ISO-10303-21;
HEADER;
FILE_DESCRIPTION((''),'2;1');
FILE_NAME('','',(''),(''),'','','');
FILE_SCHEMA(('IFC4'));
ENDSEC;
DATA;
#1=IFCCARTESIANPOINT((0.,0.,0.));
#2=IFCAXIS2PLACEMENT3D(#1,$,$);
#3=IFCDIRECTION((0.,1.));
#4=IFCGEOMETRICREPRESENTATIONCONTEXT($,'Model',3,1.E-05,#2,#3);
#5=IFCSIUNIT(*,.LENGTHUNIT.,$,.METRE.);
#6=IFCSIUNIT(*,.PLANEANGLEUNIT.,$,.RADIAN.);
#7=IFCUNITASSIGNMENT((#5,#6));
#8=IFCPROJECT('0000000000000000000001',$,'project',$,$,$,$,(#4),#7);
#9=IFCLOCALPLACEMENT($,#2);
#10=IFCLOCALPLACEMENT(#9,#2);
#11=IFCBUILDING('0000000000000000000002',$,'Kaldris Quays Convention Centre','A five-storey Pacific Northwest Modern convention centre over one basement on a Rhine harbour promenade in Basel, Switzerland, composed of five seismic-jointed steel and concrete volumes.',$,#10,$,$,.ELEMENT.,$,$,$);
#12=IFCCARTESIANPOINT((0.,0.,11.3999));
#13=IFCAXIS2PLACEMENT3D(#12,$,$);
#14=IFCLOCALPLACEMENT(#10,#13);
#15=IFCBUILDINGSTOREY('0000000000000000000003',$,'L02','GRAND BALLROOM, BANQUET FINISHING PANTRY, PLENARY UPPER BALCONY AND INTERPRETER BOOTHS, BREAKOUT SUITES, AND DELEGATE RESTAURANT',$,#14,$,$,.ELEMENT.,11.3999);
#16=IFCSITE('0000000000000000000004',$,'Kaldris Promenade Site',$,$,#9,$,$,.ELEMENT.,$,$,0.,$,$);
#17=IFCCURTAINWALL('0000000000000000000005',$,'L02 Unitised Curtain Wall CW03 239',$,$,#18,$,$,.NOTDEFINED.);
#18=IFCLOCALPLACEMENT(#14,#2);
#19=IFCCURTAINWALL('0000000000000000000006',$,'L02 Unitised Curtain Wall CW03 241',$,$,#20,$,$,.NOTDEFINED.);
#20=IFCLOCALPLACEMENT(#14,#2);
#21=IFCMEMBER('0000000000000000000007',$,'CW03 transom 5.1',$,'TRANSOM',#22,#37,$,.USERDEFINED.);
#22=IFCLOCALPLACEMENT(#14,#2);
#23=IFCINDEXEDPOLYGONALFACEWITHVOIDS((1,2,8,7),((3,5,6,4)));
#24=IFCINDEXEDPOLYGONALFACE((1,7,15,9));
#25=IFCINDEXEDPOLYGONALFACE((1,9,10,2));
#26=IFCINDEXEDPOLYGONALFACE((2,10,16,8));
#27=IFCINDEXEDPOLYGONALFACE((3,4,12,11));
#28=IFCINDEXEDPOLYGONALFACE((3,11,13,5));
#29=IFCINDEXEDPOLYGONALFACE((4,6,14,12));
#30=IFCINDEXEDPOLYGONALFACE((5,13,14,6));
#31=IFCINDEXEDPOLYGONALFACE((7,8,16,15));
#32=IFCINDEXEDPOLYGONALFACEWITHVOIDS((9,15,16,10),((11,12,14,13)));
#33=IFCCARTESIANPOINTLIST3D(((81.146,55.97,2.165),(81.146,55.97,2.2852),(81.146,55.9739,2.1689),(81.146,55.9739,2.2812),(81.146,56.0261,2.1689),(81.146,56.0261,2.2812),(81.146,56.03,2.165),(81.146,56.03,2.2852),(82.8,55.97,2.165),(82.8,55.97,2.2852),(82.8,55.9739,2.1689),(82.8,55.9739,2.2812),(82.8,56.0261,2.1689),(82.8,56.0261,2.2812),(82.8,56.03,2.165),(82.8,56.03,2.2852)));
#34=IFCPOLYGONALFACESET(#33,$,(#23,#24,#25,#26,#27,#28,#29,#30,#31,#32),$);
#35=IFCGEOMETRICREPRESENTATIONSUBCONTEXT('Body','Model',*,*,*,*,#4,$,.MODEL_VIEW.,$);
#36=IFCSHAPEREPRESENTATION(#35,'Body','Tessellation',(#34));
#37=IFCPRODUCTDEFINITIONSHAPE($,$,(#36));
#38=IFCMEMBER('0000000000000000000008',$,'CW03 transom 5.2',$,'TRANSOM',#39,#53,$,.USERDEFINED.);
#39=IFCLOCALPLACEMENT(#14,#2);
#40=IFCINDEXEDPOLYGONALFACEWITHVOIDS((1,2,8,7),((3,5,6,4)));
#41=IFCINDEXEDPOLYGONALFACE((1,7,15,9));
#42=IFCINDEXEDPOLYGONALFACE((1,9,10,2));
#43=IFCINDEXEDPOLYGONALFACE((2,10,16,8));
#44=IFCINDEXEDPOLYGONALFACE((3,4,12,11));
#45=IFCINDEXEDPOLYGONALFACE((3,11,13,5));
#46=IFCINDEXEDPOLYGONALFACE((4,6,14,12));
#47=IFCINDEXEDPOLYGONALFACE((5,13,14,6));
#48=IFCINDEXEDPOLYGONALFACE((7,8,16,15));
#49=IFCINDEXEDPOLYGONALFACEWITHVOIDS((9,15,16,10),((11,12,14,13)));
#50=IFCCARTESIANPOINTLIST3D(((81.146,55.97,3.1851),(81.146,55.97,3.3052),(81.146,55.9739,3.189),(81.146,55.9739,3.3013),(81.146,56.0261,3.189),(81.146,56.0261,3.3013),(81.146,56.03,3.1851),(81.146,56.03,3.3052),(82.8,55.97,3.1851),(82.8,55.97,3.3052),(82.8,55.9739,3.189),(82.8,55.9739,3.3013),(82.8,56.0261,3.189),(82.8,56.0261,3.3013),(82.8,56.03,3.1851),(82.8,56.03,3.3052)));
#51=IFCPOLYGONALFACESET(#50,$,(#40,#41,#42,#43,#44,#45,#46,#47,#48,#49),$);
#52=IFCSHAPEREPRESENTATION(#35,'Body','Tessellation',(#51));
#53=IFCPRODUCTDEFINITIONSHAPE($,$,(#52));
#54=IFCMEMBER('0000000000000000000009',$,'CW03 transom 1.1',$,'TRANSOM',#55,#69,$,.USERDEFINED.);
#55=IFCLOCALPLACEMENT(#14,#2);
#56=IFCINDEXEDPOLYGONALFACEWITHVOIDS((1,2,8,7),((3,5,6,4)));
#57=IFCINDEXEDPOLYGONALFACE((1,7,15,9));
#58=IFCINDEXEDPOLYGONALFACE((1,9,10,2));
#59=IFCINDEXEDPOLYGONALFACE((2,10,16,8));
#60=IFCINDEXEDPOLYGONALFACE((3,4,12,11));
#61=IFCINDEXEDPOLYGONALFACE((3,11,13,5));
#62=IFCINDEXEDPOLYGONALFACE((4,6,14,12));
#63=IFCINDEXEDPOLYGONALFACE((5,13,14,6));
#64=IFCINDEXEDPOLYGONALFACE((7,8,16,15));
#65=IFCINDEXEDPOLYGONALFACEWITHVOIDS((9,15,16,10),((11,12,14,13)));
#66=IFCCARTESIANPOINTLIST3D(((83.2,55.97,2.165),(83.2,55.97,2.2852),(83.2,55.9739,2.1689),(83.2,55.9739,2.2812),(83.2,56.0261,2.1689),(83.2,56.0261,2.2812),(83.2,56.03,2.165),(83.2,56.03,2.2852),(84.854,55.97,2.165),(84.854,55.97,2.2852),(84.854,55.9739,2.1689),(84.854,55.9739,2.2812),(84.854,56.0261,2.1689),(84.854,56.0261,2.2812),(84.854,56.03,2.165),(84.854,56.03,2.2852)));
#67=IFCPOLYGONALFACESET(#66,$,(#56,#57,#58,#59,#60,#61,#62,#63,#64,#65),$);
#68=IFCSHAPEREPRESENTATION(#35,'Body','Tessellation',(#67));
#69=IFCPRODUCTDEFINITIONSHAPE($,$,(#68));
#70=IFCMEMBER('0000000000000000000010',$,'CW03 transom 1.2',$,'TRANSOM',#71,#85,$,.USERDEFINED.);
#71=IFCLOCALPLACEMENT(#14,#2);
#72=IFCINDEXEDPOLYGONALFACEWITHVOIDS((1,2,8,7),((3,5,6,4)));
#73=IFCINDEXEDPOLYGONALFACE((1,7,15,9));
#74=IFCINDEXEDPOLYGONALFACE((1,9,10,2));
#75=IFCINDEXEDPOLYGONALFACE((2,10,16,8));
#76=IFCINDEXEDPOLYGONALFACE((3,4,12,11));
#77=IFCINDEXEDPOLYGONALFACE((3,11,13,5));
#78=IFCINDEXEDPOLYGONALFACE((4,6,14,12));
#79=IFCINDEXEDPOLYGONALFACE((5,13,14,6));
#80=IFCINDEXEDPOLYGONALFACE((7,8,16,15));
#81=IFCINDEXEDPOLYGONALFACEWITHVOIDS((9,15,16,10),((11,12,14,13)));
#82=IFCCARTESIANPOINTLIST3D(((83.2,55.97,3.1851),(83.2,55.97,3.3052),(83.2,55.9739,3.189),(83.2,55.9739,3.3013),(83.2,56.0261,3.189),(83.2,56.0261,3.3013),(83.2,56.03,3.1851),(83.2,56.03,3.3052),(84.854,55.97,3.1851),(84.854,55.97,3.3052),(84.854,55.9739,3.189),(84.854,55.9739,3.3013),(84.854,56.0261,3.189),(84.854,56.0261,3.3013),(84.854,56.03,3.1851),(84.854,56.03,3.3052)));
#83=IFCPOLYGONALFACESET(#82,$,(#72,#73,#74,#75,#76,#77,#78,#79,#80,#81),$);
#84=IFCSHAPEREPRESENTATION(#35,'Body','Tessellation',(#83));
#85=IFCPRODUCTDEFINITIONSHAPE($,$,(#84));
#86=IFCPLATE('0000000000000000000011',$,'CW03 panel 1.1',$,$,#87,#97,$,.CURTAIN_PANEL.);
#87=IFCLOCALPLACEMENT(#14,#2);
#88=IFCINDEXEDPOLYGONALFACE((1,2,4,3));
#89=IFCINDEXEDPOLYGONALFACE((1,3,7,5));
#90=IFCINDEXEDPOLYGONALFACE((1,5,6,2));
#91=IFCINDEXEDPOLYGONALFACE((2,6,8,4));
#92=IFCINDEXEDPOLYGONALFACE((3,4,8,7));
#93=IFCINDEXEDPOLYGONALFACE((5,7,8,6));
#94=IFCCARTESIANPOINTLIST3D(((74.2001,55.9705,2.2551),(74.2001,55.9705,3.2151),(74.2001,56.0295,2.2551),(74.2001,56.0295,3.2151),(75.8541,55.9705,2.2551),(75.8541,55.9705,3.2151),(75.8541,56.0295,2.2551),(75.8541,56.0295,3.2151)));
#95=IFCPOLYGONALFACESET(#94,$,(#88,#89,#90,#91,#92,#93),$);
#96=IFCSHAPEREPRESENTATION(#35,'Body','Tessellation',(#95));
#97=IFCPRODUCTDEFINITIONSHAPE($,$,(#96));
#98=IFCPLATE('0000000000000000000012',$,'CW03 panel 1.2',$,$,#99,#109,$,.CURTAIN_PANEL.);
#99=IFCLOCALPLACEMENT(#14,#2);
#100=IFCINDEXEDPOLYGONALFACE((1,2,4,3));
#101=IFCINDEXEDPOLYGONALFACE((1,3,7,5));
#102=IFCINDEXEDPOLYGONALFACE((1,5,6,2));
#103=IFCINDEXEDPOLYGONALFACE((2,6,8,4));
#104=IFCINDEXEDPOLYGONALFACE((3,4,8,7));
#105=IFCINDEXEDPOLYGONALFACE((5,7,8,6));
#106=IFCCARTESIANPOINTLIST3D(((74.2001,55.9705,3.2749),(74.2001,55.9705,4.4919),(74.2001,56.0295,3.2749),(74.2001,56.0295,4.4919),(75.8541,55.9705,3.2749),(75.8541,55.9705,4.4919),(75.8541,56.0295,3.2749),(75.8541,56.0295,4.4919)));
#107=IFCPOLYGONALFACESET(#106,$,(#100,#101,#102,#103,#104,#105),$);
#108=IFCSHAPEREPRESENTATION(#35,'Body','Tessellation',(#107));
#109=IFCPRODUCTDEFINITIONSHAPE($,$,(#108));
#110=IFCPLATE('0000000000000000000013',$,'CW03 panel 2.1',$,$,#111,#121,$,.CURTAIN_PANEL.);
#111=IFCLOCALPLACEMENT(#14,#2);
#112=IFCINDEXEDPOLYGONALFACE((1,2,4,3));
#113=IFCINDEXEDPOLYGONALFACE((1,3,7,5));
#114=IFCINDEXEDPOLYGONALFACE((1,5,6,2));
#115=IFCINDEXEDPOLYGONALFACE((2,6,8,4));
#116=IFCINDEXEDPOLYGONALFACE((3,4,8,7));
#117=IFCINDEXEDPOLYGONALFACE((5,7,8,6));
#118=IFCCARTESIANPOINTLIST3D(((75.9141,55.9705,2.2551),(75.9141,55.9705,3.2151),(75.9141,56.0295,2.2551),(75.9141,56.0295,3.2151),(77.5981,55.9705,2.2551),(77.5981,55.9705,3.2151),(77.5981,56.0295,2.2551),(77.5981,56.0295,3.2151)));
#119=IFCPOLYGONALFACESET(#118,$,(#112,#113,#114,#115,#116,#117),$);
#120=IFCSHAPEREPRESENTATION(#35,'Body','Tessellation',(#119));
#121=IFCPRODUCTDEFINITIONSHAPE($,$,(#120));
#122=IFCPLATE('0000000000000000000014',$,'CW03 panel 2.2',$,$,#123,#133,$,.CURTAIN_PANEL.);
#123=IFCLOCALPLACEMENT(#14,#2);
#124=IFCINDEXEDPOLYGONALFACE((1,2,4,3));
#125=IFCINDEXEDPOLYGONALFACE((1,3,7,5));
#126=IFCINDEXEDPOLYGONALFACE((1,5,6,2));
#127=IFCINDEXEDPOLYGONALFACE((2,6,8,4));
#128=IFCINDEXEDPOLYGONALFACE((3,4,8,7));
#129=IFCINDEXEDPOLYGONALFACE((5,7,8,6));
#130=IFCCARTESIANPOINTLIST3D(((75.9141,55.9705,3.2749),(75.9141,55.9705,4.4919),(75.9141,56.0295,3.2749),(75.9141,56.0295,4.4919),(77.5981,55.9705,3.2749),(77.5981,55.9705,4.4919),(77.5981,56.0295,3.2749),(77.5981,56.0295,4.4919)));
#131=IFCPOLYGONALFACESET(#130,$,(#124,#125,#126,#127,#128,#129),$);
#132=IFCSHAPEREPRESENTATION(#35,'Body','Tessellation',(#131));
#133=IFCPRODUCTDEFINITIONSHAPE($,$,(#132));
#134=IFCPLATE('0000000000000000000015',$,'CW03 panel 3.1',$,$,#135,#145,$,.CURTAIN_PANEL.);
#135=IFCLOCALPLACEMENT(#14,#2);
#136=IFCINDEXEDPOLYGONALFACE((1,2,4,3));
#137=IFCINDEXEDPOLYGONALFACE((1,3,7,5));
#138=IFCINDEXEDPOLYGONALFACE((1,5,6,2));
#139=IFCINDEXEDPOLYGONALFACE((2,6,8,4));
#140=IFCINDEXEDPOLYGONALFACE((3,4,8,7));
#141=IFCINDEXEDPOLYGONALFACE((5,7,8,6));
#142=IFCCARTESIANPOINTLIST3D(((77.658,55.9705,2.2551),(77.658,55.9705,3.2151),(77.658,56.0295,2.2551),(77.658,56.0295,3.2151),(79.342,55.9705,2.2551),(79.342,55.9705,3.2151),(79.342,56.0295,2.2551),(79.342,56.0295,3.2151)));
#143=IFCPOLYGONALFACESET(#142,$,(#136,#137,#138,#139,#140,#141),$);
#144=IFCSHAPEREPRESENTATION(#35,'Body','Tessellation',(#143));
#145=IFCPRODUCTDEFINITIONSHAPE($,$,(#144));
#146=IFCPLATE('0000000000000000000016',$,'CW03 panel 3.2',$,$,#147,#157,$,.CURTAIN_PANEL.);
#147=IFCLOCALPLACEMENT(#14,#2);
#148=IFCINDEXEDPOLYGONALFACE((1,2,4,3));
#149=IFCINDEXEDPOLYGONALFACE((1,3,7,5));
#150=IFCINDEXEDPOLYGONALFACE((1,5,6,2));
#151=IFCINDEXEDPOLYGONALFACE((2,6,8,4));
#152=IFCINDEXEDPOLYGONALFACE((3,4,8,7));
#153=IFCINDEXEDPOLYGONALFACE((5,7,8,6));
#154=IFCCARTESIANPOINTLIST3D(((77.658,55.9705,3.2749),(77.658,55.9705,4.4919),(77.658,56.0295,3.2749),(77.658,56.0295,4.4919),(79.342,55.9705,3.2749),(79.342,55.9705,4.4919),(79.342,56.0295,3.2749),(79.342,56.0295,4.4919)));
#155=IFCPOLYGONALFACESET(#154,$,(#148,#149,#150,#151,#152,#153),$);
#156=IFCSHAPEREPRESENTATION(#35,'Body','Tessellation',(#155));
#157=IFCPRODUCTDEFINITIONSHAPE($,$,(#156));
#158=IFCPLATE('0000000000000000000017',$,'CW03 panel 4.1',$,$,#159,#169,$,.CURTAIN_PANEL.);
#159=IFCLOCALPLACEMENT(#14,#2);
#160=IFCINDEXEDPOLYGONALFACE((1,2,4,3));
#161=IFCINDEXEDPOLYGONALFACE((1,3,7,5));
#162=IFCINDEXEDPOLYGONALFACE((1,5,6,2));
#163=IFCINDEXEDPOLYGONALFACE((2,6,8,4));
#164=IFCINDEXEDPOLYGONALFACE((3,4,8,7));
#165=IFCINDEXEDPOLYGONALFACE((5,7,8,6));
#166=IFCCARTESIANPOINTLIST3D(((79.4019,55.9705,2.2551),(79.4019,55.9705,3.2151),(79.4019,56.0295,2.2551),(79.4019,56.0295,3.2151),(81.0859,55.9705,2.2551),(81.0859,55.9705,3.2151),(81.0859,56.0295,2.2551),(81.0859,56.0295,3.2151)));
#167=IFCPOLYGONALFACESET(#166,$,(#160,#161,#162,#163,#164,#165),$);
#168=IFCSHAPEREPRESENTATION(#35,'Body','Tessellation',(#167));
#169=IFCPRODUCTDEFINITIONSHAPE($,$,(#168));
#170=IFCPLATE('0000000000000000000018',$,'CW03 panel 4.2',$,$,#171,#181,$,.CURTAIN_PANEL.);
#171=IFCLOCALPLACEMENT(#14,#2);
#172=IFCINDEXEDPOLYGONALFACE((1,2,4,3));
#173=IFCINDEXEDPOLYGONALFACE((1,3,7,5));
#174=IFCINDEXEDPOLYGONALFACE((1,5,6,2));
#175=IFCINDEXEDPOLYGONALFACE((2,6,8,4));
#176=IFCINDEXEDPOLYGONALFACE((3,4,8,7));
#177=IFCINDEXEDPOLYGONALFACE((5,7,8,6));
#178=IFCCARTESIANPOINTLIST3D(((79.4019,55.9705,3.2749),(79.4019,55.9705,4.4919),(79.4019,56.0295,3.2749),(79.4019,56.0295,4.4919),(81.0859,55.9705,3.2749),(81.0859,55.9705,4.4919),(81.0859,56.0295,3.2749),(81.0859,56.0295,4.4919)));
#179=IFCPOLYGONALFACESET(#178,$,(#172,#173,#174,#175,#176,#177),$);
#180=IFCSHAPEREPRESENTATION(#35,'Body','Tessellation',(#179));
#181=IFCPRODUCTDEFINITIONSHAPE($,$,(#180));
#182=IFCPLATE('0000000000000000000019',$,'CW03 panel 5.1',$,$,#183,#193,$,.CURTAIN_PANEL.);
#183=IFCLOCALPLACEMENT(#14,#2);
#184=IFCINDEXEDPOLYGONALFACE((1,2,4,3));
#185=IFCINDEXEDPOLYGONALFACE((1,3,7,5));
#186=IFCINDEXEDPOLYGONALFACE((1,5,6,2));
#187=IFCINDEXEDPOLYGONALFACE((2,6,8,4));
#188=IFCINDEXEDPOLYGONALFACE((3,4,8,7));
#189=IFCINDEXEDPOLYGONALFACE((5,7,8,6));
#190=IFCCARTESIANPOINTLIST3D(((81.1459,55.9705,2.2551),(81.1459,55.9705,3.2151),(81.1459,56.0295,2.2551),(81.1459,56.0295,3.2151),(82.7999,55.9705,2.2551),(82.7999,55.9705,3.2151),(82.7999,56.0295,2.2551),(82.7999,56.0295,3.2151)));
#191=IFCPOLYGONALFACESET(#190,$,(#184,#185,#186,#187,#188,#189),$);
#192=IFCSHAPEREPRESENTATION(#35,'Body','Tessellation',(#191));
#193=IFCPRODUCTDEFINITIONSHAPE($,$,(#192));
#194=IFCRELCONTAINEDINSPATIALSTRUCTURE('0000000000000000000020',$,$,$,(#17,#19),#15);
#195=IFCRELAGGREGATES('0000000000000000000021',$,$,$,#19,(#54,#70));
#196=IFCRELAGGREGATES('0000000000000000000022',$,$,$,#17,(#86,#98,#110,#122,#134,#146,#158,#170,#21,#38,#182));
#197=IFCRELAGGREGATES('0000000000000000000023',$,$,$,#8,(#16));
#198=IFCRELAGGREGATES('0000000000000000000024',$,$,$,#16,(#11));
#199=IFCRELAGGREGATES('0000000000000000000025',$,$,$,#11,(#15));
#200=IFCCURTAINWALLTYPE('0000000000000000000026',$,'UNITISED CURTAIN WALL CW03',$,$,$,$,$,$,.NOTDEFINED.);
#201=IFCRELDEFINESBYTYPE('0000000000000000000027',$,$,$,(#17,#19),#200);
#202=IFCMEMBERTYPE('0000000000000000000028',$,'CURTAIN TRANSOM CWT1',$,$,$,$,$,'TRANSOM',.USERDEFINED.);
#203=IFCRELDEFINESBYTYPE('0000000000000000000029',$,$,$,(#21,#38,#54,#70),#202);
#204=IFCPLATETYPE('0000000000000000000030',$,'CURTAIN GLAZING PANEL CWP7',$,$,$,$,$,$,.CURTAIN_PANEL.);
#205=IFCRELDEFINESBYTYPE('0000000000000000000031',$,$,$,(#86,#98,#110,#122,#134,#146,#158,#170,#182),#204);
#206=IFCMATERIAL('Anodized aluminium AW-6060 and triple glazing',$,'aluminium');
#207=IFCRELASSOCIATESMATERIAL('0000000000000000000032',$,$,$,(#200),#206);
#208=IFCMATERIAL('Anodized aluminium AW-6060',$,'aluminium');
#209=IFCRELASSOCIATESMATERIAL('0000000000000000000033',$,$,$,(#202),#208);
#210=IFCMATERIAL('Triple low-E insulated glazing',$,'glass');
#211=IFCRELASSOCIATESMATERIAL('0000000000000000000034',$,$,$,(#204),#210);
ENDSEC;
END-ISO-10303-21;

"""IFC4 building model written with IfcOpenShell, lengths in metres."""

from ifc_helpers import new_model, si_unit, direction, frame, origin, origin_2d, place, context, subcontext, project, spatial, rectangle, hollow_rectangle, extrude, material, material_profile, profile_set, type_object, element, aggregate, save


model = new_model("IFC4")

# Units and contexts
model_context = context("Model", 3, precision=1e-05, world=origin(), true_north=direction((0.0, 1.0)))
body_context = subcontext(model_context, "Body", "Model", "MODEL_VIEW")
ifc_project = project(units=[si_unit("LENGTHUNIT", "METRE"), si_unit("PLANEANGLEUNIT", "RADIAN")], contexts=[model_context])

# Site, building, storey
site_placement = place(None, origin())
site = spatial("IfcSite", under=ifc_project, at=site_placement, Name="Kaldris Promenade Site", CompositionType="ELEMENT", RefElevation=0.0)
building_placement = place(site_placement, origin())
building = spatial("IfcBuilding", under=site, at=building_placement, Name="Kaldris Quays Convention Centre", Description="A five-storey Pacific Northwest Modern convention centre over one basement on a Rhine harbour promenade in Basel, Switzerland, composed of five seismic-jointed steel and concrete volumes.", CompositionType="ELEMENT")
storey_placement = place(building_placement, frame((0.0, 0.0, 11.3999)))
storey = spatial("IfcBuildingStorey", under=building, at=storey_placement, Name="L02", Description="GRAND BALLROOM, BANQUET FINISHING PANTRY, PLENARY UPPER BALCONY AND INTERPRETER BOOTHS, BREAKOUT SUITES, AND DELEGATE RESTAURANT", CompositionType="ELEMENT", Elevation=11.3999)

# Curtain wall
ifc_material_1 = material(Name="Anodized aluminium AW-6060 and triple glazing", Category="aluminium")
curtain_wall_type = type_object("IfcCurtainWallType", Name="UNITISED CURTAIN WALL CW03", PredefinedType="NOTDEFINED", material=ifc_material_1)
curtain_wall_1_placement = place(storey_placement, origin())
curtain_wall_1 = element("IfcCurtainWall", 1, at=curtain_wall_1_placement, inside=storey, type_object=curtain_wall_type, Name="L02 Unitised Curtain Wall CW03 239", PredefinedType="NOTDEFINED")
ifc_material_2 = material(Name="Anodized aluminium AW-6060", Category="aluminium")

# Curtain wall
curtain_wall_2_placement = place(storey_placement, origin())
curtain_wall_2 = element("IfcCurtainWall", 2, at=curtain_wall_2_placement, inside=storey, type_object=curtain_wall_type, Name="L02 Unitised Curtain Wall CW03 241", PredefinedType="NOTDEFINED")

# Members
ifc_material_profile_1 = material_profile(ifc_material_2, hollow_rectangle(XDim=0.0601, YDim=0.1201, WallThickness=0.0039, at=origin_2d()), Name="RHS 120x60x4")
ifc_profile_set_1 = profile_set([ifc_material_profile_1], Name="Anodized aluminium AW-6060")
member_type_1 = type_object("IfcMemberType", Name="CURTAIN TRANSOM CWT1", ElementType="TRANSOM", PredefinedType="USERDEFINED", material=ifc_profile_set_1)
member_1_placement = place(storey_placement, frame((81.146, 56.0, 2.2251), z_axis=(1.0, 0.0, 0.0), x_axis=(0.0, 1.0, 0.0)))
member_1 = element("IfcMember", 3, at=member_1_placement, type_object=member_type_1, Name="CW03 transom 5.1", ObjectType="TRANSOM", PredefinedType="USERDEFINED", context=body_context, shape_type="SweptSolid", body=[
    extrude(hollow_rectangle(XDim=0.0601, YDim=0.1201, WallThickness=0.0039, at=origin_2d()), origin(), (0.0, 0.0, 1.0), 1.6541),
])
member_2_placement = place(storey_placement, frame((81.146, 56.0, 3.2451), z_axis=(1.0, 0.0, 0.0), x_axis=(0.0, 1.0, 0.0)))
member_2 = element("IfcMember", 4, at=member_2_placement, type_object=member_type_1, Name="CW03 transom 5.2", ObjectType="TRANSOM", PredefinedType="USERDEFINED", context=body_context, shape_type="SweptSolid", body=[
    extrude(hollow_rectangle(XDim=0.0601, YDim=0.1201, WallThickness=0.0039, at=origin_2d()), origin(), (0.0, 0.0, 1.0), 1.6541),
])
member_3_placement = place(storey_placement, frame((83.2, 56.0, 2.2251), z_axis=(1.0, 0.0, 0.0), x_axis=(0.0, 1.0, 0.0)))
member_3 = element("IfcMember", 5, at=member_3_placement, type_object=member_type_1, Name="CW03 transom 1.1", ObjectType="TRANSOM", PredefinedType="USERDEFINED", context=body_context, shape_type="SweptSolid", body=[
    extrude(hollow_rectangle(XDim=0.0601, YDim=0.1201, WallThickness=0.0039, at=origin_2d()), origin(), (0.0, 0.0, 1.0), 1.6541),
])
member_4_placement = place(storey_placement, frame((83.2, 56.0, 3.2451), z_axis=(1.0, 0.0, 0.0), x_axis=(0.0, 1.0, 0.0)))
member_4 = element("IfcMember", 6, at=member_4_placement, type_object=member_type_1, Name="CW03 transom 1.2", ObjectType="TRANSOM", PredefinedType="USERDEFINED", context=body_context, shape_type="SweptSolid", body=[
    extrude(hollow_rectangle(XDim=0.0601, YDim=0.1201, WallThickness=0.0039, at=origin_2d()), origin(), (0.0, 0.0, 1.0), 1.6541),
])
aggregate(curtain_wall_2, [member_3, member_4])

# Plates
ifc_material_3 = material(Name="Triple low-E insulated glazing", Category="glass")
plate_type = type_object("IfcPlateType", Name="CURTAIN GLAZING PANEL CWP7", PredefinedType="CURTAIN_PANEL", material=ifc_material_3)
plate_1_placement = place(storey_placement, frame((75.0271, 56.0, 2.2551), z_axis=(0.0, 0.0, 1.0), x_axis=(1.0, 0.0, 0.0)))
plate_1 = element("IfcPlate", 7, at=plate_1_placement, type_object=plate_type, Name="CW03 panel 1.1", PredefinedType="CURTAIN_PANEL", context=body_context, shape_type="SweptSolid", body=[
    extrude(rectangle(XDim=1.6541, YDim=0.0591, at=origin_2d()), origin(), (0.0, 0.0, 1.0), 0.96),
])
plate_2_placement = place(storey_placement, frame((75.0271, 56.0, 3.2749), z_axis=(0.0, 0.0, 1.0), x_axis=(1.0, 0.0, 0.0)))
plate_2 = element("IfcPlate", 8, at=plate_2_placement, type_object=plate_type, Name="CW03 panel 1.2", PredefinedType="CURTAIN_PANEL", context=body_context, shape_type="SweptSolid", body=[
    extrude(rectangle(XDim=1.6541, YDim=0.0591, at=origin_2d()), origin(), (0.0, 0.0, 1.0), 1.217),
])
plate_3_placement = place(storey_placement, frame((76.7561, 56.0, 2.2551), z_axis=(0.0, 0.0, 1.0), x_axis=(1.0, 0.0, 0.0)))
plate_3 = element("IfcPlate", 9, at=plate_3_placement, type_object=plate_type, Name="CW03 panel 2.1", PredefinedType="CURTAIN_PANEL", context=body_context, shape_type="SweptSolid", body=[
    extrude(rectangle(XDim=1.6841, YDim=0.0591, at=origin_2d()), origin(), (0.0, 0.0, 1.0), 0.96),
])
plate_4_placement = place(storey_placement, frame((76.7561, 56.0, 3.2749), z_axis=(0.0, 0.0, 1.0), x_axis=(1.0, 0.0, 0.0)))
plate_4 = element("IfcPlate", 10, at=plate_4_placement, type_object=plate_type, Name="CW03 panel 2.2", PredefinedType="CURTAIN_PANEL", context=body_context, shape_type="SweptSolid", body=[
    extrude(rectangle(XDim=1.6841, YDim=0.0591, at=origin_2d()), origin(), (0.0, 0.0, 1.0), 1.217),
])
plate_5_placement = place(storey_placement, frame((78.5, 56.0, 2.2551), z_axis=(0.0, 0.0, 1.0), x_axis=(1.0, 0.0, 0.0)))
plate_5 = element("IfcPlate", 11, at=plate_5_placement, type_object=plate_type, Name="CW03 panel 3.1", PredefinedType="CURTAIN_PANEL", context=body_context, shape_type="SweptSolid", body=[
    extrude(rectangle(XDim=1.6841, YDim=0.0591, at=origin_2d()), origin(), (0.0, 0.0, 1.0), 0.96),
])
plate_6_placement = place(storey_placement, frame((78.5, 56.0, 3.2749), z_axis=(0.0, 0.0, 1.0), x_axis=(1.0, 0.0, 0.0)))
plate_6 = element("IfcPlate", 12, at=plate_6_placement, type_object=plate_type, Name="CW03 panel 3.2", PredefinedType="CURTAIN_PANEL", context=body_context, shape_type="SweptSolid", body=[
    extrude(rectangle(XDim=1.6841, YDim=0.0591, at=origin_2d()), origin(), (0.0, 0.0, 1.0), 1.217),
])
plate_7_placement = place(storey_placement, frame((80.2439, 56.0, 2.2551), z_axis=(0.0, 0.0, 1.0), x_axis=(1.0, 0.0, 0.0)))
plate_7 = element("IfcPlate", 13, at=plate_7_placement, type_object=plate_type, Name="CW03 panel 4.1", PredefinedType="CURTAIN_PANEL", context=body_context, shape_type="SweptSolid", body=[
    extrude(rectangle(XDim=1.6841, YDim=0.0591, at=origin_2d()), origin(), (0.0, 0.0, 1.0), 0.96),
])
plate_8_placement = place(storey_placement, frame((80.2439, 56.0, 3.2749), z_axis=(0.0, 0.0, 1.0), x_axis=(1.0, 0.0, 0.0)))
plate_8 = element("IfcPlate", 14, at=plate_8_placement, type_object=plate_type, Name="CW03 panel 4.2", PredefinedType="CURTAIN_PANEL", context=body_context, shape_type="SweptSolid", body=[
    extrude(rectangle(XDim=1.6841, YDim=0.0591, at=origin_2d()), origin(), (0.0, 0.0, 1.0), 1.217),
])
plate_9_placement = place(storey_placement, frame((81.9729, 56.0, 2.2551), z_axis=(0.0, 0.0, 1.0), x_axis=(1.0, 0.0, 0.0)))
plate_9 = element("IfcPlate", 15, at=plate_9_placement, type_object=plate_type, Name="CW03 panel 5.1", PredefinedType="CURTAIN_PANEL", context=body_context, shape_type="SweptSolid", body=[
    extrude(rectangle(XDim=1.6541, YDim=0.0591, at=origin_2d()), origin(), (0.0, 0.0, 1.0), 0.96),
])
aggregate(curtain_wall_1, [plate_1, plate_2, plate_3, plate_4, plate_5, plate_6, plate_7, plate_8, member_1, member_2, plate_9])

save(model, "model.ifc")
